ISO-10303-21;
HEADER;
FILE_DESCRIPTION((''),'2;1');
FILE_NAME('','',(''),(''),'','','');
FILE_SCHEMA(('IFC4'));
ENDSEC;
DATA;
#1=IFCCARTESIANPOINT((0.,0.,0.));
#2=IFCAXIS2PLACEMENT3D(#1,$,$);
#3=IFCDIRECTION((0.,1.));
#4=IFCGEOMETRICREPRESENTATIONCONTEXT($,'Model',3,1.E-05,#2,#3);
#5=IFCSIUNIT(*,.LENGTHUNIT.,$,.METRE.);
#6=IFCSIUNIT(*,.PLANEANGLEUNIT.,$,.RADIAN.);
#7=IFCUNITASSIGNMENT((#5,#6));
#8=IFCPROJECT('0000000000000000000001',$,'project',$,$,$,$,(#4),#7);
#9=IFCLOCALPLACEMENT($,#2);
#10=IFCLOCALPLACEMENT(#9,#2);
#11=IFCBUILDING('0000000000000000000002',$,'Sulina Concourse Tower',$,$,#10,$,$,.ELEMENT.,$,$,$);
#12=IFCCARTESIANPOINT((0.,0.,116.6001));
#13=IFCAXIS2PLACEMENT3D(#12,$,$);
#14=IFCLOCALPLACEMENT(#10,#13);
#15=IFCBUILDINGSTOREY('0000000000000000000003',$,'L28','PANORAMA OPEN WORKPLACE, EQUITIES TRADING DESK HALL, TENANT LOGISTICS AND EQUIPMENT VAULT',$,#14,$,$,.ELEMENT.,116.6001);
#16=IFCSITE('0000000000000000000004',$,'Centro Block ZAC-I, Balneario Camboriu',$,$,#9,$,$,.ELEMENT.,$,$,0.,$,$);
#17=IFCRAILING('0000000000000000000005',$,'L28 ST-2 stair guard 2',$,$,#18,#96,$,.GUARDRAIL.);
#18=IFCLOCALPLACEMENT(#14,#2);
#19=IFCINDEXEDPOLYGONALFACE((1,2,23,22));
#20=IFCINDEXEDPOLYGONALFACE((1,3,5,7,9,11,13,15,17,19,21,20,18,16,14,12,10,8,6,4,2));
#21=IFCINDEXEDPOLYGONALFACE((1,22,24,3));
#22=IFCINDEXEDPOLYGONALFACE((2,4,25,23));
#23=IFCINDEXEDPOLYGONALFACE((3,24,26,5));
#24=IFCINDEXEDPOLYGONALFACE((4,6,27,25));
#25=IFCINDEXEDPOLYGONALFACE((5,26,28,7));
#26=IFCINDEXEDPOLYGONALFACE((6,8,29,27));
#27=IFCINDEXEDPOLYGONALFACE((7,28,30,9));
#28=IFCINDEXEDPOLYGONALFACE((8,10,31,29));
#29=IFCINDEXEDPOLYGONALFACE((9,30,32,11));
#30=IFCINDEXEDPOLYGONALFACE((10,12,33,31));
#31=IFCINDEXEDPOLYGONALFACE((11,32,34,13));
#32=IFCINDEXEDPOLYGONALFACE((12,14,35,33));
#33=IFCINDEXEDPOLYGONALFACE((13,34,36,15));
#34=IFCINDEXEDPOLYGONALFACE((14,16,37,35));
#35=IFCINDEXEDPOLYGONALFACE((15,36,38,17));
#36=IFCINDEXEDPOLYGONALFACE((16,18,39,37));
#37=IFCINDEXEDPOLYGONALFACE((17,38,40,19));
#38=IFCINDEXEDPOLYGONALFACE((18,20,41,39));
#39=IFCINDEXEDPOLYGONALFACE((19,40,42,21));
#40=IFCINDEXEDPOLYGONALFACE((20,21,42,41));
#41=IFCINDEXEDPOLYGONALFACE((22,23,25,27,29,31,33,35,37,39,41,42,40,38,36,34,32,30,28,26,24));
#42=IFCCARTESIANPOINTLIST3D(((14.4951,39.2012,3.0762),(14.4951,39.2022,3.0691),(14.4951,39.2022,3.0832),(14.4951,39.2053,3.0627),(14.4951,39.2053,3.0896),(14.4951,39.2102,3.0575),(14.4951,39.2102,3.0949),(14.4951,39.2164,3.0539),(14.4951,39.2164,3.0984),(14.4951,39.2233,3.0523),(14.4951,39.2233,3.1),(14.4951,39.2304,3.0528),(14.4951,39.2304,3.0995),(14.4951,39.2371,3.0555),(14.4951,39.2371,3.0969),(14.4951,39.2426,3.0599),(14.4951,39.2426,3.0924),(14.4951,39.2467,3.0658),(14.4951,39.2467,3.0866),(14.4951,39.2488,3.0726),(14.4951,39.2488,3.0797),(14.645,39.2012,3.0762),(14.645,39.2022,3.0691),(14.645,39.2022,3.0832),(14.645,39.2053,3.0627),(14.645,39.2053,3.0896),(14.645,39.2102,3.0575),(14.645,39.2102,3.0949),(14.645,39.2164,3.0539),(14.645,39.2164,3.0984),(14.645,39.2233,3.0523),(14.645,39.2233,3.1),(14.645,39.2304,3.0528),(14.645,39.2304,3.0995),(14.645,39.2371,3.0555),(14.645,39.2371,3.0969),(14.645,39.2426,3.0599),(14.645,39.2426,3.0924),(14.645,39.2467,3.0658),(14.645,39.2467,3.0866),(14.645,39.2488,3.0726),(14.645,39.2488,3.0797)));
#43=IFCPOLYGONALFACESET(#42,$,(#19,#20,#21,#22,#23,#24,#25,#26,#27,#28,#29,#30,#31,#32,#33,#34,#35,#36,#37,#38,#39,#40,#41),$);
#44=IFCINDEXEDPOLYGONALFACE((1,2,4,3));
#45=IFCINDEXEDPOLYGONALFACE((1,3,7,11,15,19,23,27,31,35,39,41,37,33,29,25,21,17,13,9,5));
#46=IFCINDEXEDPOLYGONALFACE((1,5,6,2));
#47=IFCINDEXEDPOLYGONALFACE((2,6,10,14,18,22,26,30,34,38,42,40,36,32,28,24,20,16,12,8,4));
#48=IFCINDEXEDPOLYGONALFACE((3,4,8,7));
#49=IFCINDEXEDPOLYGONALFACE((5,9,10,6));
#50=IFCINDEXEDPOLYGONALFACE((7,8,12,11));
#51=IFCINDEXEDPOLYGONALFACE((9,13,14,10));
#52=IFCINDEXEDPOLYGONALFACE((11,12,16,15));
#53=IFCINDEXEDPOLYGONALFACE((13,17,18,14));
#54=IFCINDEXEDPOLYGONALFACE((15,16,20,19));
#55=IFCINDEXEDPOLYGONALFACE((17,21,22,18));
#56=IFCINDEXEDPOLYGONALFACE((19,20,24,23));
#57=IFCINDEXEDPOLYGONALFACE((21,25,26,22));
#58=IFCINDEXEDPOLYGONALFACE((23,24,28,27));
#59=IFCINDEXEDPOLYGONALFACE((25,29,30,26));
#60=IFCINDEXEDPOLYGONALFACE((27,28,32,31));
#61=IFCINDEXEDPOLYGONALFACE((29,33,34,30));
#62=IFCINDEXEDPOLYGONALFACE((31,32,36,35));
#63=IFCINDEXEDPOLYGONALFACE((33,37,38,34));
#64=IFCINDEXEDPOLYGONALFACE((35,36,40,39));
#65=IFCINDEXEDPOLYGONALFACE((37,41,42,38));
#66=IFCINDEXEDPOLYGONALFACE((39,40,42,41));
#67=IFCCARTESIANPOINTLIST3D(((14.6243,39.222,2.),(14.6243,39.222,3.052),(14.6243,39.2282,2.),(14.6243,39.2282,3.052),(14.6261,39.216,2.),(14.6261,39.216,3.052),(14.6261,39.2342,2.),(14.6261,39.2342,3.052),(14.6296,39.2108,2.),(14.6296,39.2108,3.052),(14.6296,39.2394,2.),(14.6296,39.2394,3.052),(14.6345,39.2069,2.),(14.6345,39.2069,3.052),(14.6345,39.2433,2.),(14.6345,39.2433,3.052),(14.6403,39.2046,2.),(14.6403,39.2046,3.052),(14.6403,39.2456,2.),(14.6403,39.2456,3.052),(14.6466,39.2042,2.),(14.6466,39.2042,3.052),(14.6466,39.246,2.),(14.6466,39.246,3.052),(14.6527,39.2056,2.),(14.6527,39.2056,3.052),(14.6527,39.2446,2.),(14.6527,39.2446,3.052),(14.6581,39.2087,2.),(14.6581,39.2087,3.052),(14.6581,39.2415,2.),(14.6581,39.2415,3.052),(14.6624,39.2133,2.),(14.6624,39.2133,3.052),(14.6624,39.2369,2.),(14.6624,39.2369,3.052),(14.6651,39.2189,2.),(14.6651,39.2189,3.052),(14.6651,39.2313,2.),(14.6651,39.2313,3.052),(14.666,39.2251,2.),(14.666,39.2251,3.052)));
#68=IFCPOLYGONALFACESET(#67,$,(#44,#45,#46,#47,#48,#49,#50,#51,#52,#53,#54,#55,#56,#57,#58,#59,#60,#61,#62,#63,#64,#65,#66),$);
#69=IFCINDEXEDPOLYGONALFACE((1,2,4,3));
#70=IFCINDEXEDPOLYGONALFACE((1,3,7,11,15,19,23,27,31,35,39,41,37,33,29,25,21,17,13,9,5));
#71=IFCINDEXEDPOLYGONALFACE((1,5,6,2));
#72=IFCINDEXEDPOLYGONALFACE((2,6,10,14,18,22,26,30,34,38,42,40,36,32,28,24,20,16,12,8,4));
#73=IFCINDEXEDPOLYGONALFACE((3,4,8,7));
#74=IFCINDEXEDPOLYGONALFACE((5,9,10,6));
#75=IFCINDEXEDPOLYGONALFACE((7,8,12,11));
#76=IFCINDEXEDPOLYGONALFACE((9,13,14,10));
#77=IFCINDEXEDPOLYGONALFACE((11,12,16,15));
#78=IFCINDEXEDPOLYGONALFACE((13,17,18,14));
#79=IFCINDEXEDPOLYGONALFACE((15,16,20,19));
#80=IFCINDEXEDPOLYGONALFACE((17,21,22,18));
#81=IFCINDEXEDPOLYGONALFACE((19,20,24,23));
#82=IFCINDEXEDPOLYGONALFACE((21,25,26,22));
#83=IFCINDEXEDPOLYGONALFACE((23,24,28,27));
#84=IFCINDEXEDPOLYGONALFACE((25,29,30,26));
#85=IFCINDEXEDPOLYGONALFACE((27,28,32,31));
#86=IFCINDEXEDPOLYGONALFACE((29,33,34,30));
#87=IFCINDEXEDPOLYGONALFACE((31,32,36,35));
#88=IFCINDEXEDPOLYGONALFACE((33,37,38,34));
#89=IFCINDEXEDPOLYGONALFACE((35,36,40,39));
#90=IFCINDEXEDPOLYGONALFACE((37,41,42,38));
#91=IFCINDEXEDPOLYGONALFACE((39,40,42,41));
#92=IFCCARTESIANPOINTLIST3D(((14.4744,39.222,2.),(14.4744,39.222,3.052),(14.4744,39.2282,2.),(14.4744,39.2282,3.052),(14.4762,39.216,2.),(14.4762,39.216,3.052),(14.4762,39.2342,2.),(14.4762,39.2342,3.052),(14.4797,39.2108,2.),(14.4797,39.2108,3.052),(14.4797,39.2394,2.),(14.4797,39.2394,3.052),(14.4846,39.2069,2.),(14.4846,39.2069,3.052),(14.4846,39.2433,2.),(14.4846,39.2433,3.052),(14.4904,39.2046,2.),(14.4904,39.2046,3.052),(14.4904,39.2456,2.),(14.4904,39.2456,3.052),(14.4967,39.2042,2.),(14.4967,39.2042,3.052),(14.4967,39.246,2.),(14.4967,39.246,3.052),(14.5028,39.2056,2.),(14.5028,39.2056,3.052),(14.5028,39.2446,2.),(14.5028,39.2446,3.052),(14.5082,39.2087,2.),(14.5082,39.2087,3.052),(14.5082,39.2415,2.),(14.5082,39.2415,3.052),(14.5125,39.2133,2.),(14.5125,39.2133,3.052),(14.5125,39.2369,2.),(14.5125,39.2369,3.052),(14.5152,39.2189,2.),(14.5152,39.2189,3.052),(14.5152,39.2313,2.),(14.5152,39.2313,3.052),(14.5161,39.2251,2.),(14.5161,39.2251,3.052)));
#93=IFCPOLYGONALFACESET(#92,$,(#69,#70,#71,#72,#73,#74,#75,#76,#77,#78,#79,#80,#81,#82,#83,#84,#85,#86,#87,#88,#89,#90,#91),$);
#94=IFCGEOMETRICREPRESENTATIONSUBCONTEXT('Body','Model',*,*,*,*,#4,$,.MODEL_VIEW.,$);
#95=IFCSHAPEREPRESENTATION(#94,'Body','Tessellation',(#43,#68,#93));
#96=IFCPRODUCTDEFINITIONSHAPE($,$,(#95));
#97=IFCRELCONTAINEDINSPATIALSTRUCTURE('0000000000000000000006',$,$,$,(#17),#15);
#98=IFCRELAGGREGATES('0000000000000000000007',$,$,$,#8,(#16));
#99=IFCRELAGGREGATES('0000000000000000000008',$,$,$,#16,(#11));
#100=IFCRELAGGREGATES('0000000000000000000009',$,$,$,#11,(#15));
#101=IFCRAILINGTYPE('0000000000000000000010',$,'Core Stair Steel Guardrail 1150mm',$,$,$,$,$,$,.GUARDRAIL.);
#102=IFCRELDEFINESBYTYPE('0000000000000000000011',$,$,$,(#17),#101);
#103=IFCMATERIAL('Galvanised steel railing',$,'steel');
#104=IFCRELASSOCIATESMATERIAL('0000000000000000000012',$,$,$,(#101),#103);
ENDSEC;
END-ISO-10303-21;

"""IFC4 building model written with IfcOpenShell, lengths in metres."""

from ifc_helpers import new_model, si_unit, direction, frame, origin, origin_2d, place, context, subcontext, project, spatial, circle, extrude, material, type_object, element, save


model = new_model("IFC4")

# Units and contexts
model_context = context("Model", 3, precision=1e-05, world=origin(), true_north=direction((0.0, 1.0)))
body_context = subcontext(model_context, "Body", "Model", "MODEL_VIEW")
ifc_project = project(units=[si_unit("LENGTHUNIT", "METRE"), si_unit("PLANEANGLEUNIT", "RADIAN")], contexts=[model_context])

# Site, building, storey
site_placement = place(None, origin())
site = spatial("IfcSite", under=ifc_project, at=site_placement, Name="Centro Block ZAC-I, Balneario Camboriu", CompositionType="ELEMENT", RefElevation=0.0)
building_placement = place(site_placement, origin())
building = spatial("IfcBuilding", under=site, at=building_placement, Name="Sulina Concourse Tower", CompositionType="ELEMENT")
storey_placement = place(building_placement, frame((0.0, 0.0, 116.6001)))
storey = spatial("IfcBuildingStorey", under=building, at=storey_placement, Name="L28", Description="PANORAMA OPEN WORKPLACE, EQUITIES TRADING DESK HALL, TENANT LOGISTICS AND EQUIPMENT VAULT", CompositionType="ELEMENT", Elevation=116.6001)

# Railing
ifc_material_1 = material(Name="Galvanised steel railing", Category="steel")
railing_type_1 = type_object("IfcRailingType", Name="Core Stair Steel Guardrail 1150mm", PredefinedType="GUARDRAIL", material=ifc_material_1)
railing_1_placement = place(storey_placement, frame((14.645, 39.2251, 2.0)))
element("IfcRailing", 1, at=railing_1_placement, inside=storey, type_object=railing_type_1, Name="L28 ST-2 stair guard 2", PredefinedType="GUARDRAIL", context=body_context, shape_type="SweptSolid", body=[
    extrude(circle(Radius=0.0239, at=origin_2d()), frame((0.0, 0.0, 1.0762), z_axis=(-1.0, 0.0, 0.0), x_axis=(0.0, -1.0, 0.0)), (0.0, 0.0, 1.0), 0.1499),
    extrude(circle(Radius=0.021, at=origin_2d()), origin(), (0.0, 0.0, 1.0), 1.052),
    extrude(circle(Radius=0.021, at=origin_2d()), frame((-0.1499, 0.0, 0.0)), (0.0, 0.0, 1.0), 1.052),
])

save(model, "model.ifc")
